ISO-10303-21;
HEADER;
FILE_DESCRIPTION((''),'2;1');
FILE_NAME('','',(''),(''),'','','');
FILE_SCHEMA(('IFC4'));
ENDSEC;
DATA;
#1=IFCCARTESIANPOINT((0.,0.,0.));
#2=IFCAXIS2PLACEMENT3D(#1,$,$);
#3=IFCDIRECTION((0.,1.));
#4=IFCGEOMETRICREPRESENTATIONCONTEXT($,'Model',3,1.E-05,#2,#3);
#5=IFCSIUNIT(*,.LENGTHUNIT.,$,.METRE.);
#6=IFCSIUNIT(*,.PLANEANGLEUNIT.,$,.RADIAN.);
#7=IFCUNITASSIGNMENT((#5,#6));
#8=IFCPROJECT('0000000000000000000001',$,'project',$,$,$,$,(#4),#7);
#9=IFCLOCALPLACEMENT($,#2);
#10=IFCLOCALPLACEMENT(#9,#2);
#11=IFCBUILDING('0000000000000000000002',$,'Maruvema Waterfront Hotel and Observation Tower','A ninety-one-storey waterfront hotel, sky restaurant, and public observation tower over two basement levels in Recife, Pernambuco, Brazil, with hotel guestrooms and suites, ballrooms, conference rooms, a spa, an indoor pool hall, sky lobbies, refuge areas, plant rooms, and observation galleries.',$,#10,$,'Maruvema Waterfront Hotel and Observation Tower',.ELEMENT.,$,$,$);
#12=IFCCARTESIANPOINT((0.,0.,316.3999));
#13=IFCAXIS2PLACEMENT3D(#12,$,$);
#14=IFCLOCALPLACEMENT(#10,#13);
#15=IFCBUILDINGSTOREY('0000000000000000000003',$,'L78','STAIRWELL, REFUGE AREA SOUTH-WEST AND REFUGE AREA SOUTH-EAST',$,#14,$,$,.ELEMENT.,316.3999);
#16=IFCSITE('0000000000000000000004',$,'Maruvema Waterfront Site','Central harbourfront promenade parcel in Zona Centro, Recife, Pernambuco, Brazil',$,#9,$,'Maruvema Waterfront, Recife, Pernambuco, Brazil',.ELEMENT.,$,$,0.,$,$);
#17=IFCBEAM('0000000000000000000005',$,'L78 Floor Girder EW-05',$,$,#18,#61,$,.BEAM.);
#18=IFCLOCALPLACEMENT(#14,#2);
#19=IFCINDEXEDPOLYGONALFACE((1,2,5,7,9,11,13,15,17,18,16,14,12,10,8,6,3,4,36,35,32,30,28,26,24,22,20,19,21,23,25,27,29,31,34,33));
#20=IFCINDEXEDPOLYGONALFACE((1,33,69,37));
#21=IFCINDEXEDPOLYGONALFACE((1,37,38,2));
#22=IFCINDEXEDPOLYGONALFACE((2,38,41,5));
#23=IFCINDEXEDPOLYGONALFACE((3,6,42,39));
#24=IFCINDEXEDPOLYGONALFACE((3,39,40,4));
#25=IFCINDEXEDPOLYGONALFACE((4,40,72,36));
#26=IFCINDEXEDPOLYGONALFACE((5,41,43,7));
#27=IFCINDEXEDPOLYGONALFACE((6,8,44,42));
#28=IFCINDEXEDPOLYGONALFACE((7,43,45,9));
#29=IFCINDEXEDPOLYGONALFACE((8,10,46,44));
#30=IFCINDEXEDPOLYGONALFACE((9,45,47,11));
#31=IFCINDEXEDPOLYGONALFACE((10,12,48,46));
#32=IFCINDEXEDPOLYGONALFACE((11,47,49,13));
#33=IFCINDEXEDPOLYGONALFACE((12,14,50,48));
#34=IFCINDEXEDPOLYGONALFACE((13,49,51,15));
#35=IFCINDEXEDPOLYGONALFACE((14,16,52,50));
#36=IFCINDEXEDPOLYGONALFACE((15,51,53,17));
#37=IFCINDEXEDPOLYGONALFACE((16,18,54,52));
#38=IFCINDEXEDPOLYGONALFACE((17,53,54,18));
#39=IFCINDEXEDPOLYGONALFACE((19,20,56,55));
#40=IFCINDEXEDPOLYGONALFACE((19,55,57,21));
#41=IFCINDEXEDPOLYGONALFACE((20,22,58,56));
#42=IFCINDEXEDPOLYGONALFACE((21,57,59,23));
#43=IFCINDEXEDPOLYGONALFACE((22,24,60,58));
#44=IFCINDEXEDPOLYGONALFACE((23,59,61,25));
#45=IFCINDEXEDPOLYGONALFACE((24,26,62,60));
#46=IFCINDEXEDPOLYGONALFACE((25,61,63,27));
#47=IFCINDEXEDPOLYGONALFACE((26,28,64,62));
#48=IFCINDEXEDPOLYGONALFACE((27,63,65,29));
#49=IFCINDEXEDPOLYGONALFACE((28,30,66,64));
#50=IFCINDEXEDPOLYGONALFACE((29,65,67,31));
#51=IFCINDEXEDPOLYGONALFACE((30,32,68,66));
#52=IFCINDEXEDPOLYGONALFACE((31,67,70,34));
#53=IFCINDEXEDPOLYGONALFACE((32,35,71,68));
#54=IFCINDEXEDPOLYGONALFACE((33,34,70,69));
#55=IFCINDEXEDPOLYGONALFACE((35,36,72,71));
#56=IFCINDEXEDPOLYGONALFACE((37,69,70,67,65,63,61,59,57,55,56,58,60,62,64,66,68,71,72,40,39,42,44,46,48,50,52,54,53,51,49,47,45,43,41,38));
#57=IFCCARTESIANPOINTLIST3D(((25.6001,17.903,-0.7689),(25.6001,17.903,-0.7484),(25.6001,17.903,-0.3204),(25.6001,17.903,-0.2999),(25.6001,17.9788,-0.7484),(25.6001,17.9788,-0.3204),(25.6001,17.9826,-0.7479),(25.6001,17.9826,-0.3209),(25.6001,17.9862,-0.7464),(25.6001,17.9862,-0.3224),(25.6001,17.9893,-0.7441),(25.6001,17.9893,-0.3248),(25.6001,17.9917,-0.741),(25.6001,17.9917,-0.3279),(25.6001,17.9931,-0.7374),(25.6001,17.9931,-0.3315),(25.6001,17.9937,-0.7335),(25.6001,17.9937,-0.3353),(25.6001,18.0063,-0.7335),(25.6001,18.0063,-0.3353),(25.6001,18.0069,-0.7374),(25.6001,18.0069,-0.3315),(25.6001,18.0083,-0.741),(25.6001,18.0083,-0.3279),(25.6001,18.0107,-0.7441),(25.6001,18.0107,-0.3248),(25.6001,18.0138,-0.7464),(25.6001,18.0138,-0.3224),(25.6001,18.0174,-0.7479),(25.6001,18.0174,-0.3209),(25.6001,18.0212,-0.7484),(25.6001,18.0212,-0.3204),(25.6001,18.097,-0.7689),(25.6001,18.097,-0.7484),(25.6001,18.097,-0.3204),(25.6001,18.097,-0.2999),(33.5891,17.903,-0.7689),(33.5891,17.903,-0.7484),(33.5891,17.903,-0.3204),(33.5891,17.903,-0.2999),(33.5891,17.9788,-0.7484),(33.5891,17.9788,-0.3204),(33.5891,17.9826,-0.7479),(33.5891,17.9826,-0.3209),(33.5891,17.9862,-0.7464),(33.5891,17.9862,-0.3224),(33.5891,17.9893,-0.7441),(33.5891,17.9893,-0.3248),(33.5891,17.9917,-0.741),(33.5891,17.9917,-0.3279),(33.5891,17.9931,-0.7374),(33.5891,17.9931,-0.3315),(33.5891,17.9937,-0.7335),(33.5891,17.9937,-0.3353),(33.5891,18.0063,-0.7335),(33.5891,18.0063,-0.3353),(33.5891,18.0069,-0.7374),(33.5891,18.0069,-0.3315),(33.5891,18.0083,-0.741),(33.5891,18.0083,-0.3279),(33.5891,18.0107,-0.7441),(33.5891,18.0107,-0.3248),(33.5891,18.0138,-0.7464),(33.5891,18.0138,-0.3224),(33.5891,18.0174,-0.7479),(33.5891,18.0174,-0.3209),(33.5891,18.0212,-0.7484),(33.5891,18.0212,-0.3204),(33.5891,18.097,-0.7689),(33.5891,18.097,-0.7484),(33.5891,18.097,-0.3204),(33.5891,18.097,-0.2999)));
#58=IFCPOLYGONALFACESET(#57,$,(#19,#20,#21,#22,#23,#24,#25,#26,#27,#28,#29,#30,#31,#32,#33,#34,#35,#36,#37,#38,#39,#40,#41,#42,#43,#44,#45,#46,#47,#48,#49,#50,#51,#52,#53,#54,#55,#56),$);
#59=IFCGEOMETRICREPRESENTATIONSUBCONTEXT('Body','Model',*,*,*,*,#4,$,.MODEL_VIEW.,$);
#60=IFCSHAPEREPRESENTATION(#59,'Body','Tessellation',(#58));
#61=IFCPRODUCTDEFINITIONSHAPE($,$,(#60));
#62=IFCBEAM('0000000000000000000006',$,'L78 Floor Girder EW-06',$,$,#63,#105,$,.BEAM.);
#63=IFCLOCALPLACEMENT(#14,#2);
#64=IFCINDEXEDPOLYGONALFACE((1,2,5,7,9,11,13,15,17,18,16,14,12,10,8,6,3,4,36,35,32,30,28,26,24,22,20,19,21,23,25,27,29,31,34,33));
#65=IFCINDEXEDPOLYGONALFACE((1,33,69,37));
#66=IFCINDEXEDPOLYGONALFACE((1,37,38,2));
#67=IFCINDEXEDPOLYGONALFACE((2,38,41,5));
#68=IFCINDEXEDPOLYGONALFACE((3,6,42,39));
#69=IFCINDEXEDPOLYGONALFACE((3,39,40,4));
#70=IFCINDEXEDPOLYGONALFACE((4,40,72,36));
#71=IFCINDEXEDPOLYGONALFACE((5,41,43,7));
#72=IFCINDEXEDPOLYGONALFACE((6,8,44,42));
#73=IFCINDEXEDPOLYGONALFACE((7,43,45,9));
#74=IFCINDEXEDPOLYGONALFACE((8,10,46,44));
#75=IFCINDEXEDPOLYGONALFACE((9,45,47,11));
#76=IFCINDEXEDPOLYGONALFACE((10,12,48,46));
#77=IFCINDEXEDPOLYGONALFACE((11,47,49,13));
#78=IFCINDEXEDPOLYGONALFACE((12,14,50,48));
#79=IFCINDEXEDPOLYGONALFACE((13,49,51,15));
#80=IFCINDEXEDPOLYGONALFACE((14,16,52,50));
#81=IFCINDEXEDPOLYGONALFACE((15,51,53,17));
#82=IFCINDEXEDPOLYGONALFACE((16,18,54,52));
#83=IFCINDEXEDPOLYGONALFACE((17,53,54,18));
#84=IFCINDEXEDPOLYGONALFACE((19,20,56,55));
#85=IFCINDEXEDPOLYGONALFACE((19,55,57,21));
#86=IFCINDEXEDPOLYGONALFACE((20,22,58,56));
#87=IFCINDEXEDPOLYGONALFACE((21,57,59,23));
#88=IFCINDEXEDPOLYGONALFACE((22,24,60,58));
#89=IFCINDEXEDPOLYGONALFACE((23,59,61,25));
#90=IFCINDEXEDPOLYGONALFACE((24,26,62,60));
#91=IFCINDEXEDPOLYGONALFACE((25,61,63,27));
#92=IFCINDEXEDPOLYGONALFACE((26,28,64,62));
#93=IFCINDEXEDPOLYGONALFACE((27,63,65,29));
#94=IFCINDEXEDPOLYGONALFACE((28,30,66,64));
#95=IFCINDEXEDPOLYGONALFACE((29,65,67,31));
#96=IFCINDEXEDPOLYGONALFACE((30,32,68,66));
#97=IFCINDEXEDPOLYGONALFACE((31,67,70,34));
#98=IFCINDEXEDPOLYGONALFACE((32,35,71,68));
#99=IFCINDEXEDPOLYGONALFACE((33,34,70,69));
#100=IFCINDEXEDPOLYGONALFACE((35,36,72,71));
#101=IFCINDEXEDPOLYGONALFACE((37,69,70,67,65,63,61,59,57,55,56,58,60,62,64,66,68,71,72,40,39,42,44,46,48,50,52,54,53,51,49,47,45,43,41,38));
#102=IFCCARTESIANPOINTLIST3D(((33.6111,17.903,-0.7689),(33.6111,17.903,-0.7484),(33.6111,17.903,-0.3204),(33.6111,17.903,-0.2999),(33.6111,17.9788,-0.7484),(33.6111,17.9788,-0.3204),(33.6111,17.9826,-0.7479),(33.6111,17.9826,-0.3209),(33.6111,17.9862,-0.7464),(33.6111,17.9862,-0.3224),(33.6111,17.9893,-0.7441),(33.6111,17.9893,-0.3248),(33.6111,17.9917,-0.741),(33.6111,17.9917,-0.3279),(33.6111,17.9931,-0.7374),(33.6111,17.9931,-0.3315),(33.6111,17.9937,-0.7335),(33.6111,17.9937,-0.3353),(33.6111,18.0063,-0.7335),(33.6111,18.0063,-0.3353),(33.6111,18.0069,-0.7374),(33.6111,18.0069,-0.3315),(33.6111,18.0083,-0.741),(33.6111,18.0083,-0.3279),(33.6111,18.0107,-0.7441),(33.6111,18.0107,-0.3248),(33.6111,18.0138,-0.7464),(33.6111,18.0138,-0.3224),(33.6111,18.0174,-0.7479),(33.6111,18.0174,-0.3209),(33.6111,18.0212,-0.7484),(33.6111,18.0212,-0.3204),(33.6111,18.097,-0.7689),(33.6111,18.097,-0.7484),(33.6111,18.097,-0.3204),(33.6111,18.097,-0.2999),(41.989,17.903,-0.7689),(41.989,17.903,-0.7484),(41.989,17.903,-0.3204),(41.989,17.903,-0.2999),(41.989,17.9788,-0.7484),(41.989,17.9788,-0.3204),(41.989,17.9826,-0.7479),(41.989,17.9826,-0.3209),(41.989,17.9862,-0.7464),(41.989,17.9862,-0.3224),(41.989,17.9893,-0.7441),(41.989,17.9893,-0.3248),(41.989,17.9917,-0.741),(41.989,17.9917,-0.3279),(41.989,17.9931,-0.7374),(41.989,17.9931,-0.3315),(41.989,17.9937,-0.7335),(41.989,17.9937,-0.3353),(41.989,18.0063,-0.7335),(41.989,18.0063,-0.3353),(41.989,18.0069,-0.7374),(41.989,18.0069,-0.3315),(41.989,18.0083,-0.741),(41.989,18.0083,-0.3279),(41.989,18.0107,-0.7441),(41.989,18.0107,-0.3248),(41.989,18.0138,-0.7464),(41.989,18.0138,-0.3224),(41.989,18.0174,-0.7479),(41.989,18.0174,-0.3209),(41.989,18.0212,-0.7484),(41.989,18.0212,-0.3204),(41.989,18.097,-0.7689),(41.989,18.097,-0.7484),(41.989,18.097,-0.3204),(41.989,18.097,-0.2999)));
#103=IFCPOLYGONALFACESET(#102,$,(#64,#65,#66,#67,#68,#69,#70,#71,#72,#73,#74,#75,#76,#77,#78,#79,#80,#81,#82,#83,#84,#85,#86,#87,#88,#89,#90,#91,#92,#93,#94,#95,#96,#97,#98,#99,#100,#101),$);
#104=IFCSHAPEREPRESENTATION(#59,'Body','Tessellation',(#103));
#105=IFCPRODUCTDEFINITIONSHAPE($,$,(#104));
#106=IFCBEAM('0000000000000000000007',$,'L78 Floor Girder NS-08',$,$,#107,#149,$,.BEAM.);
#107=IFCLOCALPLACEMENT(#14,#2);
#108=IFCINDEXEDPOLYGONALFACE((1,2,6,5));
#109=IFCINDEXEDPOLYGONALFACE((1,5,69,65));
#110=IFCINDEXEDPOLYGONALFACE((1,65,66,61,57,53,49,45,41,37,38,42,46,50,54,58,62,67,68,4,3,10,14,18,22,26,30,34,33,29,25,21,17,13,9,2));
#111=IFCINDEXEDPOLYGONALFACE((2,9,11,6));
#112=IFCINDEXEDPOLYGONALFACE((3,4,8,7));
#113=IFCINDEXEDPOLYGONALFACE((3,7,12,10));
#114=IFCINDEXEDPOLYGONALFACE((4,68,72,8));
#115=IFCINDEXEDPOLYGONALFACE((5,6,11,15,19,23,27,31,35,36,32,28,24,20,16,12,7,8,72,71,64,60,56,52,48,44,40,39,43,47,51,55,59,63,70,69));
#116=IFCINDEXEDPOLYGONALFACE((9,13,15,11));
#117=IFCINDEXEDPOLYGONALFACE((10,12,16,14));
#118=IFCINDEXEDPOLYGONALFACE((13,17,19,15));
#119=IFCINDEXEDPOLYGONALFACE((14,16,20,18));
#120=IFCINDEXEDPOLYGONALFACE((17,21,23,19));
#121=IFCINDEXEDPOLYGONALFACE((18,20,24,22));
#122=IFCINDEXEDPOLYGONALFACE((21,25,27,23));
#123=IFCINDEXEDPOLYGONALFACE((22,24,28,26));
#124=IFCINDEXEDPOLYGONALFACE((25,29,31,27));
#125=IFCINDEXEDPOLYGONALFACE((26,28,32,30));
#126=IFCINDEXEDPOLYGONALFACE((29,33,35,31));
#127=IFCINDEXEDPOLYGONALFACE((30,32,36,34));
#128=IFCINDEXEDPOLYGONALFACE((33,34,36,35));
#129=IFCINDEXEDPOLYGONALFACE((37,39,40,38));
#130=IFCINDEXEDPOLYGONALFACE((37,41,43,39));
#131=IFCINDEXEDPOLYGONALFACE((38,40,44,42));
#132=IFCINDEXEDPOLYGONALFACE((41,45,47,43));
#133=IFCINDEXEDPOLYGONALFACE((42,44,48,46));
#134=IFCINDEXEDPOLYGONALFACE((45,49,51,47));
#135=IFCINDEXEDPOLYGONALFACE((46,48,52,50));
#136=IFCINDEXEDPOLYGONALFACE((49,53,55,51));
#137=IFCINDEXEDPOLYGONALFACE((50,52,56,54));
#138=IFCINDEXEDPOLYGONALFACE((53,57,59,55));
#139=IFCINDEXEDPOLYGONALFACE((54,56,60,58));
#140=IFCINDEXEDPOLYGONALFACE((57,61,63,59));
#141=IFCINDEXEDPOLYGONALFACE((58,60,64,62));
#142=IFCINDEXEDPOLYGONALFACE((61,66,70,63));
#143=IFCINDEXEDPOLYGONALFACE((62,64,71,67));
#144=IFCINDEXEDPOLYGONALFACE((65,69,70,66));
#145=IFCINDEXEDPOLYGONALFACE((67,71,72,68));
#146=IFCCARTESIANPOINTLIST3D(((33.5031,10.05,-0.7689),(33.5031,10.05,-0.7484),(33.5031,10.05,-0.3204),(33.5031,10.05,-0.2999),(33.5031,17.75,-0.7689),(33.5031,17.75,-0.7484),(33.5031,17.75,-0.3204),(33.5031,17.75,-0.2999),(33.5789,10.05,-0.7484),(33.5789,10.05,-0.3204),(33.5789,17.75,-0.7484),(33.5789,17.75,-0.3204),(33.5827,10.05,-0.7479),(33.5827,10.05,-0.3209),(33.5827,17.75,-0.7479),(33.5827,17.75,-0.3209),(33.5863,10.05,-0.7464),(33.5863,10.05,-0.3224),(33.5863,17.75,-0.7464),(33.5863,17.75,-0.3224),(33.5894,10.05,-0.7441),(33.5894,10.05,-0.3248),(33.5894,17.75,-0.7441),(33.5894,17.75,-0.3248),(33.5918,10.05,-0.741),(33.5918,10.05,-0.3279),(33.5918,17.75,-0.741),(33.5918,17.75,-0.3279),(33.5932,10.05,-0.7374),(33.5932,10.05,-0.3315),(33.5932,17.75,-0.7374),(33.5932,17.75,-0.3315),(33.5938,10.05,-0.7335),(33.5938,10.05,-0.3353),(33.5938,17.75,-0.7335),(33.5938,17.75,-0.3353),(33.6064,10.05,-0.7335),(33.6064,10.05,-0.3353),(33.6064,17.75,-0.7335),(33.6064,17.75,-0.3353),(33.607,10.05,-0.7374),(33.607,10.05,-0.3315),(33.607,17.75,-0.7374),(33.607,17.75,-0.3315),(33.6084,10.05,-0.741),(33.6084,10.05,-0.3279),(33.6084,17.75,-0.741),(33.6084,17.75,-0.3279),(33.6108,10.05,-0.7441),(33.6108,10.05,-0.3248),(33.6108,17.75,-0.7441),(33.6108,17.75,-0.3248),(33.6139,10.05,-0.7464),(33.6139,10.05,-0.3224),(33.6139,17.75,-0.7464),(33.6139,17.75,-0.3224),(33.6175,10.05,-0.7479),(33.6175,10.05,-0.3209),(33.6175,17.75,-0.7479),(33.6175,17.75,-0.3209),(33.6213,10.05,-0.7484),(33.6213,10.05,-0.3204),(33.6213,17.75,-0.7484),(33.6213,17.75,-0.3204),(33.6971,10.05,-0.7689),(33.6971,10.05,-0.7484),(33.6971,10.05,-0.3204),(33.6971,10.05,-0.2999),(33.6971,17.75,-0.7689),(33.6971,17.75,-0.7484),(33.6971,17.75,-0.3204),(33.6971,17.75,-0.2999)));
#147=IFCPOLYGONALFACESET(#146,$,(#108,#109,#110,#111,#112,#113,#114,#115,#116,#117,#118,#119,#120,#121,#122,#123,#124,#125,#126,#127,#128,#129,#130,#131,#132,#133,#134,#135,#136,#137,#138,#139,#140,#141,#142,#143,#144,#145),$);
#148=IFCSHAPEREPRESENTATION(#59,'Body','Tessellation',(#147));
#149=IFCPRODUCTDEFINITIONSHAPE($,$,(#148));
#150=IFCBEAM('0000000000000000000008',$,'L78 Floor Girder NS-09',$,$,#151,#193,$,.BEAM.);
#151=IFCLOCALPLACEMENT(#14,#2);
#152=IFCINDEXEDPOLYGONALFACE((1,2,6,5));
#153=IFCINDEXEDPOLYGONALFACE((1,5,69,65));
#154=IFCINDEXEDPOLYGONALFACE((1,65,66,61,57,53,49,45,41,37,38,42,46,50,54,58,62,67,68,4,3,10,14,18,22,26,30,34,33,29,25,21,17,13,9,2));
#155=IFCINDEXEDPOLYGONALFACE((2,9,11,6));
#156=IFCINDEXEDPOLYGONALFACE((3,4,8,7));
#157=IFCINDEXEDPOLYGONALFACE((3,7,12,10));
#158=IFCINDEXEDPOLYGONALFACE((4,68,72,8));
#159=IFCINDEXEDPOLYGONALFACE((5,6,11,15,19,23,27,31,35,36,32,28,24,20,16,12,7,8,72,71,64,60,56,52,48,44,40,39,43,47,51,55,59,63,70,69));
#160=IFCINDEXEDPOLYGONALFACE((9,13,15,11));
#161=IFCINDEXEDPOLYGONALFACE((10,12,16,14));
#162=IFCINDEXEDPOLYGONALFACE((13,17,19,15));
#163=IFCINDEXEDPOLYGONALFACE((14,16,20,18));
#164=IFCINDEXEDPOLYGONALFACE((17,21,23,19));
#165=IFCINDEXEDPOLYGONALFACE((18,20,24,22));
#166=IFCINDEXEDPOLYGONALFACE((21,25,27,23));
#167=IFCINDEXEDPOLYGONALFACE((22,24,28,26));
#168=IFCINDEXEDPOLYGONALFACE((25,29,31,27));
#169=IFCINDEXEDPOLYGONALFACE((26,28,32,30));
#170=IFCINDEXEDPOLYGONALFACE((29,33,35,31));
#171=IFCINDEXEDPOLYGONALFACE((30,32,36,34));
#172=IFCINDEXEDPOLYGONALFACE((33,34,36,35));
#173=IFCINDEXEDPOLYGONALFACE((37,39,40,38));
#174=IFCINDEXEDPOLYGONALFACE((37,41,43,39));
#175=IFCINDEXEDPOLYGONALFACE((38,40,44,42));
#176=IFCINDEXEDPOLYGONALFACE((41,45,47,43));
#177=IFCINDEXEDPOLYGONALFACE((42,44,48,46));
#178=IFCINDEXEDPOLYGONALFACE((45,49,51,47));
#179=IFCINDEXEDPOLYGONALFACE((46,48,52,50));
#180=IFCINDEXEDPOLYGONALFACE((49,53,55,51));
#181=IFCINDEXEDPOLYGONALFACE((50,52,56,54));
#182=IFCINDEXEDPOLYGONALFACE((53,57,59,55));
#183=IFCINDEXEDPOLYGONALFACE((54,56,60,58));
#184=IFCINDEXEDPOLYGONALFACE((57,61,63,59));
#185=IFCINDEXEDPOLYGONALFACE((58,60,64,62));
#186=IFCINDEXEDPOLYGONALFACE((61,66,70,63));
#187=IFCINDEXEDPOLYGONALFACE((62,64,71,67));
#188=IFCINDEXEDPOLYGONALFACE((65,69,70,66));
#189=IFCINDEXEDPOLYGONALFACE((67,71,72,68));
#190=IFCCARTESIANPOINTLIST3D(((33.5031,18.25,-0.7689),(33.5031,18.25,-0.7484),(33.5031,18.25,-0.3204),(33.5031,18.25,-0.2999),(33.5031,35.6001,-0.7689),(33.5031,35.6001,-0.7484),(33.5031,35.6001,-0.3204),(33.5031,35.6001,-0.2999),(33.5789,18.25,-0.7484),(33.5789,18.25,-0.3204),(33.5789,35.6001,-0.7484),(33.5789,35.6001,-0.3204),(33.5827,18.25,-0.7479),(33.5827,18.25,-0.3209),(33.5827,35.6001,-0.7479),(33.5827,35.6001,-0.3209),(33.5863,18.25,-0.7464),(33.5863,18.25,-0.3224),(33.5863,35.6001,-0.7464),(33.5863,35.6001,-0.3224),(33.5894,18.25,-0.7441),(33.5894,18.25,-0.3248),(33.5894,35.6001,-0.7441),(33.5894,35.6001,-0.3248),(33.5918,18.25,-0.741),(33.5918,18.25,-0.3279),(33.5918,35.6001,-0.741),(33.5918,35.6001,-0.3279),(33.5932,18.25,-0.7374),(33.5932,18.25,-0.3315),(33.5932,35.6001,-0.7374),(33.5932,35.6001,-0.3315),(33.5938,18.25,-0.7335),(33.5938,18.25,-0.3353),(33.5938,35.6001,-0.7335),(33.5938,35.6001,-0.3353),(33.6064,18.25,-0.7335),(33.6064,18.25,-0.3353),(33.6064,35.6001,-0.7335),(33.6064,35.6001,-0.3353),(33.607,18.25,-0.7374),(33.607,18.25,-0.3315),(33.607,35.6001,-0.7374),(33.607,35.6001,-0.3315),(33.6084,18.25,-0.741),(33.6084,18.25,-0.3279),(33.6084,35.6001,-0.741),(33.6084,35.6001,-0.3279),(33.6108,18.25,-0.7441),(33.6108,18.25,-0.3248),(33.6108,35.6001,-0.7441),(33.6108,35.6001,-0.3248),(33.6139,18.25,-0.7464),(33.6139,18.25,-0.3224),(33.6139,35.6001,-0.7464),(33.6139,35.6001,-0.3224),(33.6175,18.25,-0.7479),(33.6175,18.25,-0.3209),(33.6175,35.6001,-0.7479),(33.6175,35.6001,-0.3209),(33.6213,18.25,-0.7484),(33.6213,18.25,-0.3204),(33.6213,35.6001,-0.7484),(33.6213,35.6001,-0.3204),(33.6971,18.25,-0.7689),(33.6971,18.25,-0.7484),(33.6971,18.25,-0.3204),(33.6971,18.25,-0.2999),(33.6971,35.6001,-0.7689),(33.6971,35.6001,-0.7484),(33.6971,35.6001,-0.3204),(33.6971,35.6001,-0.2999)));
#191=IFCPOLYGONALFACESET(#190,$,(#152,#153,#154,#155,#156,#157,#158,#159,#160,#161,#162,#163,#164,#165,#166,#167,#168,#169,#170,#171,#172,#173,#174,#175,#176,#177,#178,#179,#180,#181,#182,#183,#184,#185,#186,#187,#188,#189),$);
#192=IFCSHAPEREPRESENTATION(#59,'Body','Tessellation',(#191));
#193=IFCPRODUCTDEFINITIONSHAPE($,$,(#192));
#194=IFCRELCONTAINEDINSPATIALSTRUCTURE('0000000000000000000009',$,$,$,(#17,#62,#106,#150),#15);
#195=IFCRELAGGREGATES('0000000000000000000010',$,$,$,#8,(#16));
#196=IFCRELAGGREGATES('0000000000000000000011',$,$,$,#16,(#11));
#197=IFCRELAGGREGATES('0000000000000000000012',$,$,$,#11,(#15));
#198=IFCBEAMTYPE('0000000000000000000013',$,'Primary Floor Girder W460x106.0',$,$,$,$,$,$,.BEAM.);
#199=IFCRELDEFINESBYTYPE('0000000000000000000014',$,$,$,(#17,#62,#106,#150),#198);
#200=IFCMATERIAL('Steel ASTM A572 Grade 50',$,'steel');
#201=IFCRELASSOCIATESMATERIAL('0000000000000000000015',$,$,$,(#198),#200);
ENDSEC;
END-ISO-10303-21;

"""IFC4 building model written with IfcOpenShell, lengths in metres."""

from ifc_helpers import new_model, si_unit, direction, frame, origin, origin_2d, place, context, subcontext, project, spatial, i_section, extrude, material, material_profile, profile_set, type_object, element, save


model = new_model("IFC4")

# Units and contexts
model_context = context("Model", 3, precision=1e-05, world=origin(), true_north=direction((0.0, 1.0)))
body_context = subcontext(model_context, "Body", "Model", "MODEL_VIEW")
ifc_project = project(units=[si_unit("LENGTHUNIT", "METRE"), si_unit("PLANEANGLEUNIT", "RADIAN")], contexts=[model_context])

# Site, building, storey
site_placement = place(None, origin())
site = spatial("IfcSite", under=ifc_project, at=site_placement, Name="Maruvema Waterfront Site", Description="Central harbourfront promenade parcel in Zona Centro, Recife, Pernambuco, Brazil", LongName="Maruvema Waterfront, Recife, Pernambuco, Brazil", CompositionType="ELEMENT", RefElevation=0.0)
building_placement = place(site_placement, origin())
building = spatial("IfcBuilding", under=site, at=building_placement, Name="Maruvema Waterfront Hotel and Observation Tower", Description="A ninety-one-storey waterfront hotel, sky restaurant, and public observation tower over two basement levels in Recife, Pernambuco, Brazil, with hotel guestrooms and suites, ballrooms, conference rooms, a spa, an indoor pool hall, sky lobbies, refuge areas, plant rooms, and observation galleries.", LongName="Maruvema Waterfront Hotel and Observation Tower", CompositionType="ELEMENT")
storey_placement = place(building_placement, frame((0.0, 0.0, 316.3999)))
storey = spatial("IfcBuildingStorey", under=building, at=storey_placement, Name="L78", Description="STAIRWELL, REFUGE AREA SOUTH-WEST AND REFUGE AREA SOUTH-EAST", CompositionType="ELEMENT", Elevation=316.3999)

# Beams
ifc_material_1 = material(Name="Steel ASTM A572 Grade 50", Category="steel")
ifc_material_profile_1 = material_profile(ifc_material_1, i_section(OverallWidth=0.1941, OverallDepth=0.469, WebThickness=0.0127, FlangeThickness=0.0205, FilletRadius=0.0149, at=origin_2d()), Name="W460x106.0")
ifc_profile_set_1 = profile_set([ifc_material_profile_1], Name="Steel ASTM A572 Grade 50")
beam_type_1 = type_object("IfcBeamType", Name="Primary Floor Girder W460x106.0", PredefinedType="BEAM", material=ifc_profile_set_1)
beam_1_placement = place(storey_placement, frame((25.6001, 18.0, -0.5344), z_axis=(1.0, 0.0, 0.0), x_axis=(0.0, 1.0, 0.0)))
element("IfcBeam", 1, at=beam_1_placement, inside=storey, type_object=beam_type_1, Name="L78 Floor Girder EW-05", PredefinedType="BEAM", context=body_context, shape_type="SweptSolid", body=[
    extrude(i_section(OverallWidth=0.1941, OverallDepth=0.469, WebThickness=0.0127, FlangeThickness=0.0205, FilletRadius=0.0149, at=origin_2d()), origin(), (0.0, 0.0, 1.0), 7.989),
])
beam_2_placement = place(storey_placement, frame((33.6111, 18.0, -0.5344), z_axis=(1.0, 0.0, 0.0), x_axis=(0.0, 1.0, 0.0)))
element("IfcBeam", 2, at=beam_2_placement, inside=storey, type_object=beam_type_1, Name="L78 Floor Girder EW-06", PredefinedType="BEAM", context=body_context, shape_type="SweptSolid", body=[
    extrude(i_section(OverallWidth=0.1941, OverallDepth=0.469, WebThickness=0.0127, FlangeThickness=0.0205, FilletRadius=0.0149, at=origin_2d()), origin(), (0.0, 0.0, 1.0), 8.3779),
])
beam_3_placement = place(storey_placement, frame((33.6001, 10.05, -0.5344), z_axis=(0.0, 1.0, 0.0), x_axis=(-1.0, 0.0, 0.0)))
element("IfcBeam", 3, at=beam_3_placement, inside=storey, type_object=beam_type_1, Name="L78 Floor Girder NS-08", PredefinedType="BEAM", context=body_context, shape_type="SweptSolid", body=[
    extrude(i_section(OverallWidth=0.1941, OverallDepth=0.469, WebThickness=0.0127, FlangeThickness=0.0205, FilletRadius=0.0149, at=origin_2d()), origin(), (0.0, 0.0, 1.0), 7.7),
])
beam_4_placement = place(storey_placement, frame((33.6001, 18.25, -0.5344), z_axis=(0.0, 1.0, 0.0), x_axis=(-1.0, 0.0, 0.0)))
element("IfcBeam", 4, at=beam_4_placement, inside=storey, type_object=beam_type_1, Name="L78 Floor Girder NS-09", PredefinedType="BEAM", context=body_context, shape_type="SweptSolid", body=[
    extrude(i_section(OverallWidth=0.1941, OverallDepth=0.469, WebThickness=0.0127, FlangeThickness=0.0205, FilletRadius=0.0149, at=origin_2d()), origin(), (0.0, 0.0, 1.0), 17.3501),
])

save(model, "model.ifc")
